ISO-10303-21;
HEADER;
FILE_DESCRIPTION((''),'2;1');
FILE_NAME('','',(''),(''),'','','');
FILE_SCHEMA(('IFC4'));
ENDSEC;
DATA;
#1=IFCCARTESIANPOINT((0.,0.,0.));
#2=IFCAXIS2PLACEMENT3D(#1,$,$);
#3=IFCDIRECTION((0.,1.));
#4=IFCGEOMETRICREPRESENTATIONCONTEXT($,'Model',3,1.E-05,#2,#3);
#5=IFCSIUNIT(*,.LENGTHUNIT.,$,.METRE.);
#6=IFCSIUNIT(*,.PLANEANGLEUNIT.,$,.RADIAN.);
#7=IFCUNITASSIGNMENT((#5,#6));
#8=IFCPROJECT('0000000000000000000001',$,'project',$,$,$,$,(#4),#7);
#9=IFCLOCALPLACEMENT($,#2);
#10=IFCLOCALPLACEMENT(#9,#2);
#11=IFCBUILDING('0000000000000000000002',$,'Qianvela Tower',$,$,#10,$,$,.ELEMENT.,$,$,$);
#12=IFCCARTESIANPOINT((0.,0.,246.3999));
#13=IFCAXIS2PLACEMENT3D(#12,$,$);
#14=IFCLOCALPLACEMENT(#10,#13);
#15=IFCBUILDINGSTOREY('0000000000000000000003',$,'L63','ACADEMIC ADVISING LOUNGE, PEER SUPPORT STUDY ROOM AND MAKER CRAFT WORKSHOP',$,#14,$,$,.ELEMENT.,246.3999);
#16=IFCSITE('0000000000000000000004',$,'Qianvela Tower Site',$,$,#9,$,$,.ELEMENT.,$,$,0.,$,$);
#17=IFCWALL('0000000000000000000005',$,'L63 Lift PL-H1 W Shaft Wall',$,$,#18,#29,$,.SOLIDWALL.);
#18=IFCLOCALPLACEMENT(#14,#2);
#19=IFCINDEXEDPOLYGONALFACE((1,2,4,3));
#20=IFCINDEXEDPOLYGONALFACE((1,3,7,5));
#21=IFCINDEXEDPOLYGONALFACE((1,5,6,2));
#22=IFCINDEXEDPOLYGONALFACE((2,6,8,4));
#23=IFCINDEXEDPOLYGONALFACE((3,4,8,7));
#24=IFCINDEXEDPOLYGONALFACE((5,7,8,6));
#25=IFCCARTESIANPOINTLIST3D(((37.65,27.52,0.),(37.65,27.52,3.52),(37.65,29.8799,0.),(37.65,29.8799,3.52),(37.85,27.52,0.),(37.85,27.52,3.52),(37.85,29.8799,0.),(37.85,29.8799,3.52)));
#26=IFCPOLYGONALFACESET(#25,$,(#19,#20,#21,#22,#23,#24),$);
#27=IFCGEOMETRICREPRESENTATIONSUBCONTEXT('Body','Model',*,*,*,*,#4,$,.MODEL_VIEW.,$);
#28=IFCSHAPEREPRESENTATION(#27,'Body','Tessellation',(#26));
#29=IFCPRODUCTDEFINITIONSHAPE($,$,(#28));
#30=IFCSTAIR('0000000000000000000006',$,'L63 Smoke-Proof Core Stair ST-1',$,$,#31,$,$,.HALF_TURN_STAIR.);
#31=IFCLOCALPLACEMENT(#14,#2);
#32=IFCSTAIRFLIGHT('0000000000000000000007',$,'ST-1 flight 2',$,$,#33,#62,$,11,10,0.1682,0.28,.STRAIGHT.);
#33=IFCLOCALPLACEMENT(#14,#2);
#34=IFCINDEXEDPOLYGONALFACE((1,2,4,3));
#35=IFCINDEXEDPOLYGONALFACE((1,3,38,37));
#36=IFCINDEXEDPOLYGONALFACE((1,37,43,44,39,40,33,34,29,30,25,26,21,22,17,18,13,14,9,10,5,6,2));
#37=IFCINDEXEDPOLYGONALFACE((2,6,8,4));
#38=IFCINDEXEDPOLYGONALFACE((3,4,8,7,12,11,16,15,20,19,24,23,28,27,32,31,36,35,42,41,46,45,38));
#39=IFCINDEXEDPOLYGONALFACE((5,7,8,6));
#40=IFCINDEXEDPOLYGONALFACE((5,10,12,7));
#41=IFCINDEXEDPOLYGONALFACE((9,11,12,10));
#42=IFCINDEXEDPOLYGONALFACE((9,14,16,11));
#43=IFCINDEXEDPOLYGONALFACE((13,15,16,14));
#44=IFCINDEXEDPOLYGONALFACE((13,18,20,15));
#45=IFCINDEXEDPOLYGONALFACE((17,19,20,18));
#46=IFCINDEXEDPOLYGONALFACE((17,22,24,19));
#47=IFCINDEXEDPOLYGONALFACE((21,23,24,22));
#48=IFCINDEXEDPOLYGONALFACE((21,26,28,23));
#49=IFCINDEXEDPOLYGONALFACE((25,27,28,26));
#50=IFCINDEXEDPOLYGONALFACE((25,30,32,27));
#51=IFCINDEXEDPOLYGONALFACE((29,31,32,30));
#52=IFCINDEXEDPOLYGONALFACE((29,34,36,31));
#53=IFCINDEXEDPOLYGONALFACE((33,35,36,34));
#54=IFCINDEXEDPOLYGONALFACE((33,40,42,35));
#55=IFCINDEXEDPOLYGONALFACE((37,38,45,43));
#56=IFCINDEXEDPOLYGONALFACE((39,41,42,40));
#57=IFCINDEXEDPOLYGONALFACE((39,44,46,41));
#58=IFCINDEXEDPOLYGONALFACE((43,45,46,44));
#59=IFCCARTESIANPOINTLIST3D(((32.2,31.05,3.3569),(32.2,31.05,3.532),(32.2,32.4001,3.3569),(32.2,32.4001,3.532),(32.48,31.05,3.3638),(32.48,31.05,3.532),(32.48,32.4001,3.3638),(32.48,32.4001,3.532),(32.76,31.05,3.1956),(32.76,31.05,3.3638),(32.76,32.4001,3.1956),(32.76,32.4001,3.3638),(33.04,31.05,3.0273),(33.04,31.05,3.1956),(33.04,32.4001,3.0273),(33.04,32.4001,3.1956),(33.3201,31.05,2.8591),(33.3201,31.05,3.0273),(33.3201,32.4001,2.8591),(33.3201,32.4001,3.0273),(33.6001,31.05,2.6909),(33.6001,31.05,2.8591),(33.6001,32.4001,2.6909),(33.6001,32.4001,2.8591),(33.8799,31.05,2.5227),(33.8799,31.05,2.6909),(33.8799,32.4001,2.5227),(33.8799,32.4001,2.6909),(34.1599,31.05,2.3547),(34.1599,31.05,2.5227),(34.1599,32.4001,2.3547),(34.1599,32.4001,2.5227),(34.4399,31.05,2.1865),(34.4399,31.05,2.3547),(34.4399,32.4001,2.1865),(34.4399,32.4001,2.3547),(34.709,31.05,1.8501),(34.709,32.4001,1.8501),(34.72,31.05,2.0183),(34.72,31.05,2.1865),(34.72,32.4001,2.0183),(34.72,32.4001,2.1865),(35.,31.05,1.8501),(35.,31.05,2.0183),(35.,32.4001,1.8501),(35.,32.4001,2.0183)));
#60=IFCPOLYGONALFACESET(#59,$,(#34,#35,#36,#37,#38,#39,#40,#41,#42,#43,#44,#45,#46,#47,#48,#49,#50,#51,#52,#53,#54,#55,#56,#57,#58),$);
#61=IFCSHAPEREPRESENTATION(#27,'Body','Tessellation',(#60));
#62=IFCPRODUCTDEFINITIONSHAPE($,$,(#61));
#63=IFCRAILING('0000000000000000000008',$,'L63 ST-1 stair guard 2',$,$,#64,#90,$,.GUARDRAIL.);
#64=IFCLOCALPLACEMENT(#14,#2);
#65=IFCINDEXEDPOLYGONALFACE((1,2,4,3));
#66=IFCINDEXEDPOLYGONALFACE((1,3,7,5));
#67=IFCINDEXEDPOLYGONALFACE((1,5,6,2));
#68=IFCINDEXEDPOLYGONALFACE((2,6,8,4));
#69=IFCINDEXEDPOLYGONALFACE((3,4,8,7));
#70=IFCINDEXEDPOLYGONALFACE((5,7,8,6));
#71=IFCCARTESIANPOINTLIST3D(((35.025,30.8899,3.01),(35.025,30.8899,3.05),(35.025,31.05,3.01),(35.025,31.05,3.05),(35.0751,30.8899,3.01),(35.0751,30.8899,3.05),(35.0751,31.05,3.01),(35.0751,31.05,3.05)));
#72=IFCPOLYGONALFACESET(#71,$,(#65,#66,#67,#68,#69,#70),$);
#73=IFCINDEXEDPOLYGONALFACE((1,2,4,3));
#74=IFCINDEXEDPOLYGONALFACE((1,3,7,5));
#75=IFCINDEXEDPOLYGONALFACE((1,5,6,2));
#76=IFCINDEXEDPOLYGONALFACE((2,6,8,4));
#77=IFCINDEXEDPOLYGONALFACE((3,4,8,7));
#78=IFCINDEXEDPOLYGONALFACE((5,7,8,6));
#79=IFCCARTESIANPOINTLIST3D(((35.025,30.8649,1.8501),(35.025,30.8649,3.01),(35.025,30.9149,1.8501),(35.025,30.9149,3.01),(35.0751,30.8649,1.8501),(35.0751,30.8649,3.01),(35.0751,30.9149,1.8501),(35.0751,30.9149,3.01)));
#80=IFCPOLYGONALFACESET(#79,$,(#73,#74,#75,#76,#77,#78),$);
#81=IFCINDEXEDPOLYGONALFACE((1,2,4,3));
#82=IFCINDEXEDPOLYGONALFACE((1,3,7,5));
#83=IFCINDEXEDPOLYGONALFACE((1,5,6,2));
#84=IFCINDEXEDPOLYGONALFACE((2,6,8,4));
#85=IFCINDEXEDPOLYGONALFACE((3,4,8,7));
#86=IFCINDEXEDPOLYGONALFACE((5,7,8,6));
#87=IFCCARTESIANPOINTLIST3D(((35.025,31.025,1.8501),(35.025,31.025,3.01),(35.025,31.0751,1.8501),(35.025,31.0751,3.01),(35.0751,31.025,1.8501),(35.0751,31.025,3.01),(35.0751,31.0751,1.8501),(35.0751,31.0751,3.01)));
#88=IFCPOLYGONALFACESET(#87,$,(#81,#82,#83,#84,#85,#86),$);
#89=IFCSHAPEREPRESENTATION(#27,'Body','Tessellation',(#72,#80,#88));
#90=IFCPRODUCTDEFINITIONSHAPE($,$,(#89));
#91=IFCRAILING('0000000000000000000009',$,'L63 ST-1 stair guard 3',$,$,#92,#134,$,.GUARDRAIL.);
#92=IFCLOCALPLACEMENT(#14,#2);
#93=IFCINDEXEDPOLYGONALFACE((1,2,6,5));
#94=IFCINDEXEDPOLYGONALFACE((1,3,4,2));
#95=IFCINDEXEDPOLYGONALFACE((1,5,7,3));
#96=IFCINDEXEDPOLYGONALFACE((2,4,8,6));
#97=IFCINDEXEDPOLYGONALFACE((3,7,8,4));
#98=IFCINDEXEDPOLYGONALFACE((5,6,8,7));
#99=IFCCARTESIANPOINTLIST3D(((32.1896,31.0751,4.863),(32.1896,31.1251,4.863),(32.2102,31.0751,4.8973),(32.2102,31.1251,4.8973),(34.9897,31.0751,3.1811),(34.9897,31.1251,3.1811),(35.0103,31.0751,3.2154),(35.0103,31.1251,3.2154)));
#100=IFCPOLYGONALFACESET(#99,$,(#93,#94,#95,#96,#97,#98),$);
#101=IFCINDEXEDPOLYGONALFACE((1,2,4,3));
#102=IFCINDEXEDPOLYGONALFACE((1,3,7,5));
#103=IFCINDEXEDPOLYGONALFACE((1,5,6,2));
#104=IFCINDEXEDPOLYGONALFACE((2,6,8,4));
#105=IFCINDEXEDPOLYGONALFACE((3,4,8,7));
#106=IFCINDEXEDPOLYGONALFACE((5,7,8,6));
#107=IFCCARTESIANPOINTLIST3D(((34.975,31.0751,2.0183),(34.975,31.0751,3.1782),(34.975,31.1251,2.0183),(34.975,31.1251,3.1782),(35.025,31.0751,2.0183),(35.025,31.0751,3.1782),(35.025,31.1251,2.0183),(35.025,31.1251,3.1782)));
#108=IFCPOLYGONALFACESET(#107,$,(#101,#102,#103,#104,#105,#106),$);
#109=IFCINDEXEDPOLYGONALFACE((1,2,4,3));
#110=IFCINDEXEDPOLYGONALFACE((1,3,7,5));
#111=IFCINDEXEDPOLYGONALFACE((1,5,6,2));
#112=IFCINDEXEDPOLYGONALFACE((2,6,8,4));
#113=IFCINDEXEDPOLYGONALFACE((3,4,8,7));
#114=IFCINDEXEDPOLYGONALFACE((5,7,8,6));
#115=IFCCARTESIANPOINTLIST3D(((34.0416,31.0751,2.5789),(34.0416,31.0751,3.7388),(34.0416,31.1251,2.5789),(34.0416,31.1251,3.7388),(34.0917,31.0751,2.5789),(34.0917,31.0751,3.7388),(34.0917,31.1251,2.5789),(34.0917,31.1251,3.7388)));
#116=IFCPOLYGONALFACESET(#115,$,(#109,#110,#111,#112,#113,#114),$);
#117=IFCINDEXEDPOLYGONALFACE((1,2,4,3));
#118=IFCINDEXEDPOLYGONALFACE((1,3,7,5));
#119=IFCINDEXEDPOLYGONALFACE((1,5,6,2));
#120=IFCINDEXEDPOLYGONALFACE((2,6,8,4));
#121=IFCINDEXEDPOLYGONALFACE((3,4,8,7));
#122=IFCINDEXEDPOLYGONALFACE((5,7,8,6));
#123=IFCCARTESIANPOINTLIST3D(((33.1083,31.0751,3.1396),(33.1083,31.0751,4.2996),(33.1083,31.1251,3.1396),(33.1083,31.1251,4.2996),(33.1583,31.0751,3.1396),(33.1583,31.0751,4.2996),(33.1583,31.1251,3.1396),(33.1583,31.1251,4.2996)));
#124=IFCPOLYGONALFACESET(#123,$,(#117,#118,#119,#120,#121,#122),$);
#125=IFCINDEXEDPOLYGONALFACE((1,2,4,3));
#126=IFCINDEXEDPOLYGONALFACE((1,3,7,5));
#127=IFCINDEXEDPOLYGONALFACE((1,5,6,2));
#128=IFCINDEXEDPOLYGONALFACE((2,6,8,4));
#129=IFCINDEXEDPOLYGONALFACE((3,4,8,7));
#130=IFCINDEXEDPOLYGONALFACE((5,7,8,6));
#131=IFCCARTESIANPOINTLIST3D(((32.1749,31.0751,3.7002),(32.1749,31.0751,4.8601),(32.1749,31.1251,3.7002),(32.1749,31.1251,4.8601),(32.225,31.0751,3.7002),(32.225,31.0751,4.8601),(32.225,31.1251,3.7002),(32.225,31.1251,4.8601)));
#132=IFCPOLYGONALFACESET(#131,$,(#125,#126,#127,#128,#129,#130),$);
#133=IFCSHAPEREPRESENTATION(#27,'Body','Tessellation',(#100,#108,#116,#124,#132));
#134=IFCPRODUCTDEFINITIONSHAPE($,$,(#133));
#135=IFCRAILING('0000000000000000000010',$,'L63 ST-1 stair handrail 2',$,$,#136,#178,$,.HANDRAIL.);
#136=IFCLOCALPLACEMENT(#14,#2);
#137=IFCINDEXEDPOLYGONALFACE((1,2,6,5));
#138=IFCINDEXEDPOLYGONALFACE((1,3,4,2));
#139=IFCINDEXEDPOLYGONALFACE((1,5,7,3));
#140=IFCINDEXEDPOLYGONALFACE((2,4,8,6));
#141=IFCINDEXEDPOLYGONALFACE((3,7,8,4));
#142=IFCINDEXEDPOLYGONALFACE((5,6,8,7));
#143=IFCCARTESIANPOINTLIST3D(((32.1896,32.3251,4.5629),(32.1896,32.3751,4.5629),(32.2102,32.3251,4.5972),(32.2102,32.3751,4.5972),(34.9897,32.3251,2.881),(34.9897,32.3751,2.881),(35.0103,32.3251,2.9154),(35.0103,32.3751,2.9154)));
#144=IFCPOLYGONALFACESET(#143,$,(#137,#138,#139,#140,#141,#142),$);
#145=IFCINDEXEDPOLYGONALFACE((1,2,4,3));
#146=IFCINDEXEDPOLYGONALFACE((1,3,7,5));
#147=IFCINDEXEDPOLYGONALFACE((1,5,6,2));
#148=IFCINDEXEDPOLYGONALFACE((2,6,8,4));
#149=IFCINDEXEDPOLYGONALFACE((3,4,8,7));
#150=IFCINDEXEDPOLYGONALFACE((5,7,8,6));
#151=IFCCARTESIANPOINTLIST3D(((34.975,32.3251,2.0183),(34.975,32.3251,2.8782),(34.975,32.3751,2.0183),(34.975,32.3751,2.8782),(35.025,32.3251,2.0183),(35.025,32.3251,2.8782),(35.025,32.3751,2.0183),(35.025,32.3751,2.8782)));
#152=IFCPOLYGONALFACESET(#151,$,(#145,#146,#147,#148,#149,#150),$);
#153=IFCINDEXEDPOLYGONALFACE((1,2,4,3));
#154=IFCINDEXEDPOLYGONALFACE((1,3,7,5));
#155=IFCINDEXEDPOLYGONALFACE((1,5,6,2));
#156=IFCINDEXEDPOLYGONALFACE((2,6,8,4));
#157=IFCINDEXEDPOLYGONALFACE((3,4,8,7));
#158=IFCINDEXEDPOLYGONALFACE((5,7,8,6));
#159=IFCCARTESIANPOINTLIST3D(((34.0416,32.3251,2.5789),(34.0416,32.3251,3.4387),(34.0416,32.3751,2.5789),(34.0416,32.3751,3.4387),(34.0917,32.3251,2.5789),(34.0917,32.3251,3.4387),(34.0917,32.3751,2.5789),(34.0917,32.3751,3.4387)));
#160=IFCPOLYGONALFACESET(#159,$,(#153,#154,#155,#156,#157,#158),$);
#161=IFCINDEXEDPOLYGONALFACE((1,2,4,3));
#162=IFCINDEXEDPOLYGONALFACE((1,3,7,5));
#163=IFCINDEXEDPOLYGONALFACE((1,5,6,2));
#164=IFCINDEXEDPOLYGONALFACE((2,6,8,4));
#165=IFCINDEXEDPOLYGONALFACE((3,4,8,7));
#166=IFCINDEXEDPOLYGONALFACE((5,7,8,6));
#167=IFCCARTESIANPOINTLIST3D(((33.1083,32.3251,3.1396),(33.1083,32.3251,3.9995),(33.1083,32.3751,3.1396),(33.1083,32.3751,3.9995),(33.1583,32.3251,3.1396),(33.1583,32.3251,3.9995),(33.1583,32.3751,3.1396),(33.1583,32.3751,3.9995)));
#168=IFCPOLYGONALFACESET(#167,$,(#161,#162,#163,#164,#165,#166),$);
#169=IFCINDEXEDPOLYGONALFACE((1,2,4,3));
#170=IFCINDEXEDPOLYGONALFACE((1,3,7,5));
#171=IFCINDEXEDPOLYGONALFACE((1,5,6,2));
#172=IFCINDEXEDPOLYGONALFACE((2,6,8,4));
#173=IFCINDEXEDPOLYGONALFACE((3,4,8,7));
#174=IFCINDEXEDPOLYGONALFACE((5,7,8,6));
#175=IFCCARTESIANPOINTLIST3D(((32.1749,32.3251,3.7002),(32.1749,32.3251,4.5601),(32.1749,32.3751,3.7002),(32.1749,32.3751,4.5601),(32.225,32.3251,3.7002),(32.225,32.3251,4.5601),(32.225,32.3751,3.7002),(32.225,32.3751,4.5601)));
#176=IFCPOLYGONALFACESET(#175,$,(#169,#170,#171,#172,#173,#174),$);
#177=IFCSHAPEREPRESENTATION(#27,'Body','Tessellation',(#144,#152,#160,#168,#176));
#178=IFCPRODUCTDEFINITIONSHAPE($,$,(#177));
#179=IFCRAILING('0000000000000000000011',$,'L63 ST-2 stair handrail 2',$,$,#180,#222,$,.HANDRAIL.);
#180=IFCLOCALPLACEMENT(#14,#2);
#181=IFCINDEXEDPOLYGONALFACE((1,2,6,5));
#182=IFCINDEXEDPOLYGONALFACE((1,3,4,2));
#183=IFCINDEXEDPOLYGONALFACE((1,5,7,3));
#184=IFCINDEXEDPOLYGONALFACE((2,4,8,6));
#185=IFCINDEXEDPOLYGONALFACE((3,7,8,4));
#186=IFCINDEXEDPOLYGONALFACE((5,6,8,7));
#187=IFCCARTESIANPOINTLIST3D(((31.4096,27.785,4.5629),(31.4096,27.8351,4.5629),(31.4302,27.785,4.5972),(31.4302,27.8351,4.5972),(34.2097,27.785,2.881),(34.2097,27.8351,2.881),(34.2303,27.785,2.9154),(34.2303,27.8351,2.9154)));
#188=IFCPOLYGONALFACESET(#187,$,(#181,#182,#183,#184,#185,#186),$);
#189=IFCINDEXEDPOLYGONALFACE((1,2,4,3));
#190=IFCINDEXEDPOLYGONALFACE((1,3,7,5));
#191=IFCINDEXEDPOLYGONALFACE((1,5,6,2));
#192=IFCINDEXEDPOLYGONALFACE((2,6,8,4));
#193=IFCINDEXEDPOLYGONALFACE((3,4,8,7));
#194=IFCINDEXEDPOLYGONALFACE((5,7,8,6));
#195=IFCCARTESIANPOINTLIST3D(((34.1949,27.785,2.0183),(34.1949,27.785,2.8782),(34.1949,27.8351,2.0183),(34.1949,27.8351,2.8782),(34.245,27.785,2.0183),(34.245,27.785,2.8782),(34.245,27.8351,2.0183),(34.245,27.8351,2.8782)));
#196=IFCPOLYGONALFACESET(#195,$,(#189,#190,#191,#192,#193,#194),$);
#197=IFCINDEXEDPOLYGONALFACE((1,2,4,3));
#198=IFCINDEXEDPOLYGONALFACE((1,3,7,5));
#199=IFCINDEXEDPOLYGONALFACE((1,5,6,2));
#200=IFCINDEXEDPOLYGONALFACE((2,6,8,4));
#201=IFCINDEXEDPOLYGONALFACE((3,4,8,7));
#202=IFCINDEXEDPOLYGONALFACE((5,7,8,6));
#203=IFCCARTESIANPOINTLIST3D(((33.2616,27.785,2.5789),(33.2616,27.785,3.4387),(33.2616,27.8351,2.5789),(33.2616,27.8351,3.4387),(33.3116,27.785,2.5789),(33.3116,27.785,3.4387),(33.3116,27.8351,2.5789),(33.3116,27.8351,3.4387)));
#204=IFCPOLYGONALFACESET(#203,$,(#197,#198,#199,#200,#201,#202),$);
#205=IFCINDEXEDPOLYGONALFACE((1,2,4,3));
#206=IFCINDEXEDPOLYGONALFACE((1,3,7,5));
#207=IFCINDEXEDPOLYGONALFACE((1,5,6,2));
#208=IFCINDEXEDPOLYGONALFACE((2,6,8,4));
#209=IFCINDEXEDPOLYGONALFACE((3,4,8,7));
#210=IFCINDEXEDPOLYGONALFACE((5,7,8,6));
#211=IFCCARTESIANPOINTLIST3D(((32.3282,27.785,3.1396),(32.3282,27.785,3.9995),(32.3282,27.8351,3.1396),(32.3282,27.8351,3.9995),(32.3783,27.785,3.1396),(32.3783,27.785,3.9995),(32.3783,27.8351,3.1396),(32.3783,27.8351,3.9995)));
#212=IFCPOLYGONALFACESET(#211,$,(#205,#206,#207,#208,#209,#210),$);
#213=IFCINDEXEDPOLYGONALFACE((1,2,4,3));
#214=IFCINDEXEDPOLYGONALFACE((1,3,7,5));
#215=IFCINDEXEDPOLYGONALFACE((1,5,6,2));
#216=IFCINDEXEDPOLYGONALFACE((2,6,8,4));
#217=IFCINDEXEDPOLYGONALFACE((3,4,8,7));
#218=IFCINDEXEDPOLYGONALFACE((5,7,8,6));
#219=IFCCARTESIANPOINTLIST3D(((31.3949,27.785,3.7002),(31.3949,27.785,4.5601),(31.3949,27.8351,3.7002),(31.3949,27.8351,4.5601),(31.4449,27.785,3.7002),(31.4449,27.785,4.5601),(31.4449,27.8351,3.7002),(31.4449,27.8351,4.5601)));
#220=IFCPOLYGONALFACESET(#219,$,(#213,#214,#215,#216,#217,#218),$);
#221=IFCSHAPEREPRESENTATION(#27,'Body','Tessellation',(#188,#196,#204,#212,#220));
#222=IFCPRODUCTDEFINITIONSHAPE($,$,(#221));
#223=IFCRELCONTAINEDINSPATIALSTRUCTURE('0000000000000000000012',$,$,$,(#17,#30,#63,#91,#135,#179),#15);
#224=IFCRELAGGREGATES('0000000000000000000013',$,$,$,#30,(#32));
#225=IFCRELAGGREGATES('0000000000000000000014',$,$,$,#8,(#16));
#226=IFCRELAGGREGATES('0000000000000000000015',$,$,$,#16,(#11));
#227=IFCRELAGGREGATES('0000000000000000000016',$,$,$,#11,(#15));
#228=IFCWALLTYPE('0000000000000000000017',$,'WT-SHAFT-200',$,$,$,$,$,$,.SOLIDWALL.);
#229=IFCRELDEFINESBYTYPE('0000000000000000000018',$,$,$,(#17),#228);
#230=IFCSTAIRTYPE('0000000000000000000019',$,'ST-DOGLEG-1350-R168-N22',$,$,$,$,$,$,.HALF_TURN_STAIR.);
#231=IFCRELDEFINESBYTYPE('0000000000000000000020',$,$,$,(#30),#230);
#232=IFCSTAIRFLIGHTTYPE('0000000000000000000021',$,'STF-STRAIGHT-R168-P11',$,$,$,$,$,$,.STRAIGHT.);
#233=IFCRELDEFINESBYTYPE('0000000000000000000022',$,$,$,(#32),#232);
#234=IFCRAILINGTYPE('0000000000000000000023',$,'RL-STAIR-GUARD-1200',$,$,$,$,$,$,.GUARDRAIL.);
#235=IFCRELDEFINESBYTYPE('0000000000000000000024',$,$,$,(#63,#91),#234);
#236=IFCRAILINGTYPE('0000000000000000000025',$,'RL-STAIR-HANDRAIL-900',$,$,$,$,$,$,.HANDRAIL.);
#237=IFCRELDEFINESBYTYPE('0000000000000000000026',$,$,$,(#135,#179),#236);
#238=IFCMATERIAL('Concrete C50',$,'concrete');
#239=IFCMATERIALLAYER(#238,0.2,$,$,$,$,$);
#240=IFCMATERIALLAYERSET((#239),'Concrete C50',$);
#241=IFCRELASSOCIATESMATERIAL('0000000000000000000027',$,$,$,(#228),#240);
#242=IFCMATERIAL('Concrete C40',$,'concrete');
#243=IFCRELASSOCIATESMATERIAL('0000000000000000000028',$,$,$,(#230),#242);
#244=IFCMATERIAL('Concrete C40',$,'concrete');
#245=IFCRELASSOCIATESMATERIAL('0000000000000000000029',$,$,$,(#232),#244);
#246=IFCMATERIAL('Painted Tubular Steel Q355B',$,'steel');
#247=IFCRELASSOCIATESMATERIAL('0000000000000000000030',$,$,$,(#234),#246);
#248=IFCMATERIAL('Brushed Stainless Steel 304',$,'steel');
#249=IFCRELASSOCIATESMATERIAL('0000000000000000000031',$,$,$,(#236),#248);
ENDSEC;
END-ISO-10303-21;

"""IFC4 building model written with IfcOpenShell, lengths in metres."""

from ifc_helpers import new_model, si_unit, direction, frame, frame_2d, origin, origin_2d, place, context, subcontext, project, spatial, polyline, rectangle, outline, extrude, material, layer, layer_set, type_object, element, aggregate, save


model = new_model("IFC4")

# Units and contexts
model_context = context("Model", 3, precision=1e-05, world=origin(), true_north=direction((0.0, 1.0)))
body_context = subcontext(model_context, "Body", "Model", "MODEL_VIEW")
ifc_project = project(units=[si_unit("LENGTHUNIT", "METRE"), si_unit("PLANEANGLEUNIT", "RADIAN")], contexts=[model_context])

# Site, building, storey
site_placement = place(None, origin())
site = spatial("IfcSite", under=ifc_project, at=site_placement, Name="Qianvela Tower Site", CompositionType="ELEMENT", RefElevation=0.0)
building_placement = place(site_placement, origin())
building = spatial("IfcBuilding", under=site, at=building_placement, Name="Qianvela Tower", CompositionType="ELEMENT")
storey_placement = place(building_placement, frame((0.0, 0.0, 246.3999)))
storey = spatial("IfcBuildingStorey", under=building, at=storey_placement, Name="L63", Description="ACADEMIC ADVISING LOUNGE, PEER SUPPORT STUDY ROOM AND MAKER CRAFT WORKSHOP", CompositionType="ELEMENT", Elevation=246.3999)

# Shared definitions
ifc_material_1 = material(Name="Concrete C50", Category="concrete")
ifc_layer_1 = layer(ifc_material_1, 0.2)
ifc_layer_set_1 = layer_set([ifc_layer_1], Name="Concrete C50")
wall_type_1 = type_object("IfcWallType", Name="WT-SHAFT-200", PredefinedType="SOLIDWALL", material=ifc_layer_set_1)

# Wall
wall_1_placement = place(storey_placement, frame((37.75, 27.52, 0.0), z_axis=(0.0, 0.0, 1.0), x_axis=(0.0, 1.0, 0.0)))
element("IfcWall", 1, at=wall_1_placement, inside=storey, type_object=wall_type_1, Name="L63 Lift PL-H1 W Shaft Wall", PredefinedType="SOLIDWALL", context=body_context, shape_type="SweptSolid", body=[
    extrude(rectangle(XDim=2.3599, YDim=0.2, at=frame_2d((1.1799, 0.0))), origin(), (0.0, 0.0, 1.0), 3.52),
])

# Stair, stair flight
ifc_material_2 = material(Name="Concrete C40", Category="concrete")
stair_type = type_object("IfcStairType", Name="ST-DOGLEG-1350-R168-N22", PredefinedType="HALF_TURN_STAIR", material=ifc_material_2)
stair_placement = place(storey_placement, origin())
stair = element("IfcStair", 2, at=stair_placement, inside=storey, type_object=stair_type, Name="L63 Smoke-Proof Core Stair ST-1", PredefinedType="HALF_TURN_STAIR")
ifc_material_3 = material(Name="Concrete C40", Category="concrete")
stair_flight_type = type_object("IfcStairFlightType", Name="STF-STRAIGHT-R168-P11", PredefinedType="STRAIGHT", material=ifc_material_3)
stair_flight_placement = place(storey_placement, frame((35.0, 31.7251, 1.8501), z_axis=(0.0, 0.0, 1.0), x_axis=(-1.0, 0.0, 0.0)))
stair_flight = element("IfcStairFlight", 3, at=stair_flight_placement, type_object=stair_flight_type, Name="ST-1 flight 2", NumberOfRisers=11, NumberOfTreads=10, PredefinedType="STRAIGHT", RiserHeight=0.1682, TreadLength=0.28, context=body_context, shape_type="SweptSolid", body=[
    extrude(outline(polyline([(0.0, 0.0), (0.0, 0.1682), (0.28, 0.1682), (0.28, 0.3364), (0.5601, 0.3364), (0.5601, 0.5046), (0.8401, 0.5046), (0.8401, 0.6726), (1.1201, 0.6726), (1.1201, 0.8408), (1.3999, 0.8408), (1.3999, 1.009), (1.6799, 1.009), (1.6799, 1.1772), (1.96, 1.1772), (1.96, 1.3455), (2.24, 1.3455), (2.24, 1.5137), (2.52, 1.5137), (2.52, 1.6819), (2.8, 1.6819), (2.8, 1.8501), (2.8, 1.5068), (0.291, 0.0), (0.0, 0.0)])), frame((0.0, 0.675, 0.0), z_axis=(0.0, -1.0, 0.0), x_axis=(1.0, 0.0, 0.0)), (0.0, 0.0, 1.0), 1.3501),
])
aggregate(stair, [stair_flight])

# Railings
ifc_material_4 = material(Name="Painted Tubular Steel Q355B", Category="steel")
railing_type_1 = type_object("IfcRailingType", Name="RL-STAIR-GUARD-1200", PredefinedType="GUARDRAIL", material=ifc_material_4)
railing_1_placement = place(storey_placement, frame((35.05, 30.8899, 1.8501)))
element("IfcRailing", 4, at=railing_1_placement, inside=storey, type_object=railing_type_1, Name="L63 ST-1 stair guard 2", PredefinedType="GUARDRAIL", context=body_context, shape_type="SweptSolid", body=[
    extrude(rectangle(XDim=0.05, YDim=0.04, at=origin_2d()), frame((0.0, 0.0, 1.1799), z_axis=(0.0, 1.0, 0.0), x_axis=(-1.0, 0.0, 0.0)), (0.0, 0.0, 1.0), 0.1602),
    extrude(rectangle(XDim=0.05, YDim=0.05, at=origin_2d()), origin(), (0.0, 0.0, 1.0), 1.1599),
    extrude(rectangle(XDim=0.05, YDim=0.05, at=origin_2d()), frame((0.0, 0.1602, 0.0)), (0.0, 0.0, 1.0), 1.1599),
])
railing_2_placement = place(storey_placement, frame((35.0, 31.1001, 2.0183)))
element("IfcRailing", 5, at=railing_2_placement, inside=storey, type_object=railing_type_1, Name="L63 ST-1 stair guard 3", PredefinedType="GUARDRAIL", context=body_context, shape_type="SweptSolid", body=[
    extrude(rectangle(XDim=0.05, YDim=0.04, at=origin_2d()), frame((0.0, 0.0, 1.1799), z_axis=(-0.857242, 0.0, 0.514913), x_axis=(0.0, -1.0, 0.0)), (0.0, 0.0, 1.0), 3.2664),
    extrude(rectangle(XDim=0.05, YDim=0.05, at=origin_2d()), origin(), (0.0, 0.0, 1.0), 1.1599),
    extrude(rectangle(XDim=0.05, YDim=0.05, at=origin_2d()), frame((-0.9333, 0.0, 0.5605)), (0.0, 0.0, 1.0), 1.1599),
    extrude(rectangle(XDim=0.05, YDim=0.05, at=origin_2d()), frame((-1.8667, 0.0, 1.1213)), (0.0, 0.0, 1.0), 1.1599),
    extrude(rectangle(XDim=0.05, YDim=0.05, at=origin_2d()), frame((-2.8, 0.0, 1.6819)), (0.0, 0.0, 1.0), 1.1599),
])
ifc_material_5 = material(Name="Brushed Stainless Steel 304", Category="steel")
railing_type_2 = type_object("IfcRailingType", Name="RL-STAIR-HANDRAIL-900", PredefinedType="HANDRAIL", material=ifc_material_5)
for number, where, name in (
    (6, (35.0, 32.3501, 2.0183), "L63 ST-1 stair handrail 2"),
    (7, (34.22, 27.8101, 2.0183), "L63 ST-2 stair handrail 2"),
):
    element("IfcRailing", number, at=place(storey_placement, frame(where)), inside=storey, type_object=railing_type_2, Name=name, PredefinedType="HANDRAIL", context=body_context, shape_type="SweptSolid", body=[
        extrude(rectangle(XDim=0.05, YDim=0.04, at=origin_2d()), frame((0.0, 0.0, 0.8799), z_axis=(-0.857242, 0.0, 0.514913), x_axis=(0.0, -1.0, 0.0)), (0.0, 0.0, 1.0), 3.2664),
        extrude(rectangle(XDim=0.05, YDim=0.05, at=origin_2d()), origin(), (0.0, 0.0, 1.0), 0.8599),
        extrude(rectangle(XDim=0.05, YDim=0.05, at=origin_2d()), frame((-0.9333, 0.0, 0.5605)), (0.0, 0.0, 1.0), 0.8599),
        extrude(rectangle(XDim=0.05, YDim=0.05, at=origin_2d()), frame((-1.8667, 0.0, 1.1213)), (0.0, 0.0, 1.0), 0.8599),
        extrude(rectangle(XDim=0.05, YDim=0.05, at=origin_2d()), frame((-2.8, 0.0, 1.6819)), (0.0, 0.0, 1.0), 0.8599),
    ])

save(model, "model.ifc")
